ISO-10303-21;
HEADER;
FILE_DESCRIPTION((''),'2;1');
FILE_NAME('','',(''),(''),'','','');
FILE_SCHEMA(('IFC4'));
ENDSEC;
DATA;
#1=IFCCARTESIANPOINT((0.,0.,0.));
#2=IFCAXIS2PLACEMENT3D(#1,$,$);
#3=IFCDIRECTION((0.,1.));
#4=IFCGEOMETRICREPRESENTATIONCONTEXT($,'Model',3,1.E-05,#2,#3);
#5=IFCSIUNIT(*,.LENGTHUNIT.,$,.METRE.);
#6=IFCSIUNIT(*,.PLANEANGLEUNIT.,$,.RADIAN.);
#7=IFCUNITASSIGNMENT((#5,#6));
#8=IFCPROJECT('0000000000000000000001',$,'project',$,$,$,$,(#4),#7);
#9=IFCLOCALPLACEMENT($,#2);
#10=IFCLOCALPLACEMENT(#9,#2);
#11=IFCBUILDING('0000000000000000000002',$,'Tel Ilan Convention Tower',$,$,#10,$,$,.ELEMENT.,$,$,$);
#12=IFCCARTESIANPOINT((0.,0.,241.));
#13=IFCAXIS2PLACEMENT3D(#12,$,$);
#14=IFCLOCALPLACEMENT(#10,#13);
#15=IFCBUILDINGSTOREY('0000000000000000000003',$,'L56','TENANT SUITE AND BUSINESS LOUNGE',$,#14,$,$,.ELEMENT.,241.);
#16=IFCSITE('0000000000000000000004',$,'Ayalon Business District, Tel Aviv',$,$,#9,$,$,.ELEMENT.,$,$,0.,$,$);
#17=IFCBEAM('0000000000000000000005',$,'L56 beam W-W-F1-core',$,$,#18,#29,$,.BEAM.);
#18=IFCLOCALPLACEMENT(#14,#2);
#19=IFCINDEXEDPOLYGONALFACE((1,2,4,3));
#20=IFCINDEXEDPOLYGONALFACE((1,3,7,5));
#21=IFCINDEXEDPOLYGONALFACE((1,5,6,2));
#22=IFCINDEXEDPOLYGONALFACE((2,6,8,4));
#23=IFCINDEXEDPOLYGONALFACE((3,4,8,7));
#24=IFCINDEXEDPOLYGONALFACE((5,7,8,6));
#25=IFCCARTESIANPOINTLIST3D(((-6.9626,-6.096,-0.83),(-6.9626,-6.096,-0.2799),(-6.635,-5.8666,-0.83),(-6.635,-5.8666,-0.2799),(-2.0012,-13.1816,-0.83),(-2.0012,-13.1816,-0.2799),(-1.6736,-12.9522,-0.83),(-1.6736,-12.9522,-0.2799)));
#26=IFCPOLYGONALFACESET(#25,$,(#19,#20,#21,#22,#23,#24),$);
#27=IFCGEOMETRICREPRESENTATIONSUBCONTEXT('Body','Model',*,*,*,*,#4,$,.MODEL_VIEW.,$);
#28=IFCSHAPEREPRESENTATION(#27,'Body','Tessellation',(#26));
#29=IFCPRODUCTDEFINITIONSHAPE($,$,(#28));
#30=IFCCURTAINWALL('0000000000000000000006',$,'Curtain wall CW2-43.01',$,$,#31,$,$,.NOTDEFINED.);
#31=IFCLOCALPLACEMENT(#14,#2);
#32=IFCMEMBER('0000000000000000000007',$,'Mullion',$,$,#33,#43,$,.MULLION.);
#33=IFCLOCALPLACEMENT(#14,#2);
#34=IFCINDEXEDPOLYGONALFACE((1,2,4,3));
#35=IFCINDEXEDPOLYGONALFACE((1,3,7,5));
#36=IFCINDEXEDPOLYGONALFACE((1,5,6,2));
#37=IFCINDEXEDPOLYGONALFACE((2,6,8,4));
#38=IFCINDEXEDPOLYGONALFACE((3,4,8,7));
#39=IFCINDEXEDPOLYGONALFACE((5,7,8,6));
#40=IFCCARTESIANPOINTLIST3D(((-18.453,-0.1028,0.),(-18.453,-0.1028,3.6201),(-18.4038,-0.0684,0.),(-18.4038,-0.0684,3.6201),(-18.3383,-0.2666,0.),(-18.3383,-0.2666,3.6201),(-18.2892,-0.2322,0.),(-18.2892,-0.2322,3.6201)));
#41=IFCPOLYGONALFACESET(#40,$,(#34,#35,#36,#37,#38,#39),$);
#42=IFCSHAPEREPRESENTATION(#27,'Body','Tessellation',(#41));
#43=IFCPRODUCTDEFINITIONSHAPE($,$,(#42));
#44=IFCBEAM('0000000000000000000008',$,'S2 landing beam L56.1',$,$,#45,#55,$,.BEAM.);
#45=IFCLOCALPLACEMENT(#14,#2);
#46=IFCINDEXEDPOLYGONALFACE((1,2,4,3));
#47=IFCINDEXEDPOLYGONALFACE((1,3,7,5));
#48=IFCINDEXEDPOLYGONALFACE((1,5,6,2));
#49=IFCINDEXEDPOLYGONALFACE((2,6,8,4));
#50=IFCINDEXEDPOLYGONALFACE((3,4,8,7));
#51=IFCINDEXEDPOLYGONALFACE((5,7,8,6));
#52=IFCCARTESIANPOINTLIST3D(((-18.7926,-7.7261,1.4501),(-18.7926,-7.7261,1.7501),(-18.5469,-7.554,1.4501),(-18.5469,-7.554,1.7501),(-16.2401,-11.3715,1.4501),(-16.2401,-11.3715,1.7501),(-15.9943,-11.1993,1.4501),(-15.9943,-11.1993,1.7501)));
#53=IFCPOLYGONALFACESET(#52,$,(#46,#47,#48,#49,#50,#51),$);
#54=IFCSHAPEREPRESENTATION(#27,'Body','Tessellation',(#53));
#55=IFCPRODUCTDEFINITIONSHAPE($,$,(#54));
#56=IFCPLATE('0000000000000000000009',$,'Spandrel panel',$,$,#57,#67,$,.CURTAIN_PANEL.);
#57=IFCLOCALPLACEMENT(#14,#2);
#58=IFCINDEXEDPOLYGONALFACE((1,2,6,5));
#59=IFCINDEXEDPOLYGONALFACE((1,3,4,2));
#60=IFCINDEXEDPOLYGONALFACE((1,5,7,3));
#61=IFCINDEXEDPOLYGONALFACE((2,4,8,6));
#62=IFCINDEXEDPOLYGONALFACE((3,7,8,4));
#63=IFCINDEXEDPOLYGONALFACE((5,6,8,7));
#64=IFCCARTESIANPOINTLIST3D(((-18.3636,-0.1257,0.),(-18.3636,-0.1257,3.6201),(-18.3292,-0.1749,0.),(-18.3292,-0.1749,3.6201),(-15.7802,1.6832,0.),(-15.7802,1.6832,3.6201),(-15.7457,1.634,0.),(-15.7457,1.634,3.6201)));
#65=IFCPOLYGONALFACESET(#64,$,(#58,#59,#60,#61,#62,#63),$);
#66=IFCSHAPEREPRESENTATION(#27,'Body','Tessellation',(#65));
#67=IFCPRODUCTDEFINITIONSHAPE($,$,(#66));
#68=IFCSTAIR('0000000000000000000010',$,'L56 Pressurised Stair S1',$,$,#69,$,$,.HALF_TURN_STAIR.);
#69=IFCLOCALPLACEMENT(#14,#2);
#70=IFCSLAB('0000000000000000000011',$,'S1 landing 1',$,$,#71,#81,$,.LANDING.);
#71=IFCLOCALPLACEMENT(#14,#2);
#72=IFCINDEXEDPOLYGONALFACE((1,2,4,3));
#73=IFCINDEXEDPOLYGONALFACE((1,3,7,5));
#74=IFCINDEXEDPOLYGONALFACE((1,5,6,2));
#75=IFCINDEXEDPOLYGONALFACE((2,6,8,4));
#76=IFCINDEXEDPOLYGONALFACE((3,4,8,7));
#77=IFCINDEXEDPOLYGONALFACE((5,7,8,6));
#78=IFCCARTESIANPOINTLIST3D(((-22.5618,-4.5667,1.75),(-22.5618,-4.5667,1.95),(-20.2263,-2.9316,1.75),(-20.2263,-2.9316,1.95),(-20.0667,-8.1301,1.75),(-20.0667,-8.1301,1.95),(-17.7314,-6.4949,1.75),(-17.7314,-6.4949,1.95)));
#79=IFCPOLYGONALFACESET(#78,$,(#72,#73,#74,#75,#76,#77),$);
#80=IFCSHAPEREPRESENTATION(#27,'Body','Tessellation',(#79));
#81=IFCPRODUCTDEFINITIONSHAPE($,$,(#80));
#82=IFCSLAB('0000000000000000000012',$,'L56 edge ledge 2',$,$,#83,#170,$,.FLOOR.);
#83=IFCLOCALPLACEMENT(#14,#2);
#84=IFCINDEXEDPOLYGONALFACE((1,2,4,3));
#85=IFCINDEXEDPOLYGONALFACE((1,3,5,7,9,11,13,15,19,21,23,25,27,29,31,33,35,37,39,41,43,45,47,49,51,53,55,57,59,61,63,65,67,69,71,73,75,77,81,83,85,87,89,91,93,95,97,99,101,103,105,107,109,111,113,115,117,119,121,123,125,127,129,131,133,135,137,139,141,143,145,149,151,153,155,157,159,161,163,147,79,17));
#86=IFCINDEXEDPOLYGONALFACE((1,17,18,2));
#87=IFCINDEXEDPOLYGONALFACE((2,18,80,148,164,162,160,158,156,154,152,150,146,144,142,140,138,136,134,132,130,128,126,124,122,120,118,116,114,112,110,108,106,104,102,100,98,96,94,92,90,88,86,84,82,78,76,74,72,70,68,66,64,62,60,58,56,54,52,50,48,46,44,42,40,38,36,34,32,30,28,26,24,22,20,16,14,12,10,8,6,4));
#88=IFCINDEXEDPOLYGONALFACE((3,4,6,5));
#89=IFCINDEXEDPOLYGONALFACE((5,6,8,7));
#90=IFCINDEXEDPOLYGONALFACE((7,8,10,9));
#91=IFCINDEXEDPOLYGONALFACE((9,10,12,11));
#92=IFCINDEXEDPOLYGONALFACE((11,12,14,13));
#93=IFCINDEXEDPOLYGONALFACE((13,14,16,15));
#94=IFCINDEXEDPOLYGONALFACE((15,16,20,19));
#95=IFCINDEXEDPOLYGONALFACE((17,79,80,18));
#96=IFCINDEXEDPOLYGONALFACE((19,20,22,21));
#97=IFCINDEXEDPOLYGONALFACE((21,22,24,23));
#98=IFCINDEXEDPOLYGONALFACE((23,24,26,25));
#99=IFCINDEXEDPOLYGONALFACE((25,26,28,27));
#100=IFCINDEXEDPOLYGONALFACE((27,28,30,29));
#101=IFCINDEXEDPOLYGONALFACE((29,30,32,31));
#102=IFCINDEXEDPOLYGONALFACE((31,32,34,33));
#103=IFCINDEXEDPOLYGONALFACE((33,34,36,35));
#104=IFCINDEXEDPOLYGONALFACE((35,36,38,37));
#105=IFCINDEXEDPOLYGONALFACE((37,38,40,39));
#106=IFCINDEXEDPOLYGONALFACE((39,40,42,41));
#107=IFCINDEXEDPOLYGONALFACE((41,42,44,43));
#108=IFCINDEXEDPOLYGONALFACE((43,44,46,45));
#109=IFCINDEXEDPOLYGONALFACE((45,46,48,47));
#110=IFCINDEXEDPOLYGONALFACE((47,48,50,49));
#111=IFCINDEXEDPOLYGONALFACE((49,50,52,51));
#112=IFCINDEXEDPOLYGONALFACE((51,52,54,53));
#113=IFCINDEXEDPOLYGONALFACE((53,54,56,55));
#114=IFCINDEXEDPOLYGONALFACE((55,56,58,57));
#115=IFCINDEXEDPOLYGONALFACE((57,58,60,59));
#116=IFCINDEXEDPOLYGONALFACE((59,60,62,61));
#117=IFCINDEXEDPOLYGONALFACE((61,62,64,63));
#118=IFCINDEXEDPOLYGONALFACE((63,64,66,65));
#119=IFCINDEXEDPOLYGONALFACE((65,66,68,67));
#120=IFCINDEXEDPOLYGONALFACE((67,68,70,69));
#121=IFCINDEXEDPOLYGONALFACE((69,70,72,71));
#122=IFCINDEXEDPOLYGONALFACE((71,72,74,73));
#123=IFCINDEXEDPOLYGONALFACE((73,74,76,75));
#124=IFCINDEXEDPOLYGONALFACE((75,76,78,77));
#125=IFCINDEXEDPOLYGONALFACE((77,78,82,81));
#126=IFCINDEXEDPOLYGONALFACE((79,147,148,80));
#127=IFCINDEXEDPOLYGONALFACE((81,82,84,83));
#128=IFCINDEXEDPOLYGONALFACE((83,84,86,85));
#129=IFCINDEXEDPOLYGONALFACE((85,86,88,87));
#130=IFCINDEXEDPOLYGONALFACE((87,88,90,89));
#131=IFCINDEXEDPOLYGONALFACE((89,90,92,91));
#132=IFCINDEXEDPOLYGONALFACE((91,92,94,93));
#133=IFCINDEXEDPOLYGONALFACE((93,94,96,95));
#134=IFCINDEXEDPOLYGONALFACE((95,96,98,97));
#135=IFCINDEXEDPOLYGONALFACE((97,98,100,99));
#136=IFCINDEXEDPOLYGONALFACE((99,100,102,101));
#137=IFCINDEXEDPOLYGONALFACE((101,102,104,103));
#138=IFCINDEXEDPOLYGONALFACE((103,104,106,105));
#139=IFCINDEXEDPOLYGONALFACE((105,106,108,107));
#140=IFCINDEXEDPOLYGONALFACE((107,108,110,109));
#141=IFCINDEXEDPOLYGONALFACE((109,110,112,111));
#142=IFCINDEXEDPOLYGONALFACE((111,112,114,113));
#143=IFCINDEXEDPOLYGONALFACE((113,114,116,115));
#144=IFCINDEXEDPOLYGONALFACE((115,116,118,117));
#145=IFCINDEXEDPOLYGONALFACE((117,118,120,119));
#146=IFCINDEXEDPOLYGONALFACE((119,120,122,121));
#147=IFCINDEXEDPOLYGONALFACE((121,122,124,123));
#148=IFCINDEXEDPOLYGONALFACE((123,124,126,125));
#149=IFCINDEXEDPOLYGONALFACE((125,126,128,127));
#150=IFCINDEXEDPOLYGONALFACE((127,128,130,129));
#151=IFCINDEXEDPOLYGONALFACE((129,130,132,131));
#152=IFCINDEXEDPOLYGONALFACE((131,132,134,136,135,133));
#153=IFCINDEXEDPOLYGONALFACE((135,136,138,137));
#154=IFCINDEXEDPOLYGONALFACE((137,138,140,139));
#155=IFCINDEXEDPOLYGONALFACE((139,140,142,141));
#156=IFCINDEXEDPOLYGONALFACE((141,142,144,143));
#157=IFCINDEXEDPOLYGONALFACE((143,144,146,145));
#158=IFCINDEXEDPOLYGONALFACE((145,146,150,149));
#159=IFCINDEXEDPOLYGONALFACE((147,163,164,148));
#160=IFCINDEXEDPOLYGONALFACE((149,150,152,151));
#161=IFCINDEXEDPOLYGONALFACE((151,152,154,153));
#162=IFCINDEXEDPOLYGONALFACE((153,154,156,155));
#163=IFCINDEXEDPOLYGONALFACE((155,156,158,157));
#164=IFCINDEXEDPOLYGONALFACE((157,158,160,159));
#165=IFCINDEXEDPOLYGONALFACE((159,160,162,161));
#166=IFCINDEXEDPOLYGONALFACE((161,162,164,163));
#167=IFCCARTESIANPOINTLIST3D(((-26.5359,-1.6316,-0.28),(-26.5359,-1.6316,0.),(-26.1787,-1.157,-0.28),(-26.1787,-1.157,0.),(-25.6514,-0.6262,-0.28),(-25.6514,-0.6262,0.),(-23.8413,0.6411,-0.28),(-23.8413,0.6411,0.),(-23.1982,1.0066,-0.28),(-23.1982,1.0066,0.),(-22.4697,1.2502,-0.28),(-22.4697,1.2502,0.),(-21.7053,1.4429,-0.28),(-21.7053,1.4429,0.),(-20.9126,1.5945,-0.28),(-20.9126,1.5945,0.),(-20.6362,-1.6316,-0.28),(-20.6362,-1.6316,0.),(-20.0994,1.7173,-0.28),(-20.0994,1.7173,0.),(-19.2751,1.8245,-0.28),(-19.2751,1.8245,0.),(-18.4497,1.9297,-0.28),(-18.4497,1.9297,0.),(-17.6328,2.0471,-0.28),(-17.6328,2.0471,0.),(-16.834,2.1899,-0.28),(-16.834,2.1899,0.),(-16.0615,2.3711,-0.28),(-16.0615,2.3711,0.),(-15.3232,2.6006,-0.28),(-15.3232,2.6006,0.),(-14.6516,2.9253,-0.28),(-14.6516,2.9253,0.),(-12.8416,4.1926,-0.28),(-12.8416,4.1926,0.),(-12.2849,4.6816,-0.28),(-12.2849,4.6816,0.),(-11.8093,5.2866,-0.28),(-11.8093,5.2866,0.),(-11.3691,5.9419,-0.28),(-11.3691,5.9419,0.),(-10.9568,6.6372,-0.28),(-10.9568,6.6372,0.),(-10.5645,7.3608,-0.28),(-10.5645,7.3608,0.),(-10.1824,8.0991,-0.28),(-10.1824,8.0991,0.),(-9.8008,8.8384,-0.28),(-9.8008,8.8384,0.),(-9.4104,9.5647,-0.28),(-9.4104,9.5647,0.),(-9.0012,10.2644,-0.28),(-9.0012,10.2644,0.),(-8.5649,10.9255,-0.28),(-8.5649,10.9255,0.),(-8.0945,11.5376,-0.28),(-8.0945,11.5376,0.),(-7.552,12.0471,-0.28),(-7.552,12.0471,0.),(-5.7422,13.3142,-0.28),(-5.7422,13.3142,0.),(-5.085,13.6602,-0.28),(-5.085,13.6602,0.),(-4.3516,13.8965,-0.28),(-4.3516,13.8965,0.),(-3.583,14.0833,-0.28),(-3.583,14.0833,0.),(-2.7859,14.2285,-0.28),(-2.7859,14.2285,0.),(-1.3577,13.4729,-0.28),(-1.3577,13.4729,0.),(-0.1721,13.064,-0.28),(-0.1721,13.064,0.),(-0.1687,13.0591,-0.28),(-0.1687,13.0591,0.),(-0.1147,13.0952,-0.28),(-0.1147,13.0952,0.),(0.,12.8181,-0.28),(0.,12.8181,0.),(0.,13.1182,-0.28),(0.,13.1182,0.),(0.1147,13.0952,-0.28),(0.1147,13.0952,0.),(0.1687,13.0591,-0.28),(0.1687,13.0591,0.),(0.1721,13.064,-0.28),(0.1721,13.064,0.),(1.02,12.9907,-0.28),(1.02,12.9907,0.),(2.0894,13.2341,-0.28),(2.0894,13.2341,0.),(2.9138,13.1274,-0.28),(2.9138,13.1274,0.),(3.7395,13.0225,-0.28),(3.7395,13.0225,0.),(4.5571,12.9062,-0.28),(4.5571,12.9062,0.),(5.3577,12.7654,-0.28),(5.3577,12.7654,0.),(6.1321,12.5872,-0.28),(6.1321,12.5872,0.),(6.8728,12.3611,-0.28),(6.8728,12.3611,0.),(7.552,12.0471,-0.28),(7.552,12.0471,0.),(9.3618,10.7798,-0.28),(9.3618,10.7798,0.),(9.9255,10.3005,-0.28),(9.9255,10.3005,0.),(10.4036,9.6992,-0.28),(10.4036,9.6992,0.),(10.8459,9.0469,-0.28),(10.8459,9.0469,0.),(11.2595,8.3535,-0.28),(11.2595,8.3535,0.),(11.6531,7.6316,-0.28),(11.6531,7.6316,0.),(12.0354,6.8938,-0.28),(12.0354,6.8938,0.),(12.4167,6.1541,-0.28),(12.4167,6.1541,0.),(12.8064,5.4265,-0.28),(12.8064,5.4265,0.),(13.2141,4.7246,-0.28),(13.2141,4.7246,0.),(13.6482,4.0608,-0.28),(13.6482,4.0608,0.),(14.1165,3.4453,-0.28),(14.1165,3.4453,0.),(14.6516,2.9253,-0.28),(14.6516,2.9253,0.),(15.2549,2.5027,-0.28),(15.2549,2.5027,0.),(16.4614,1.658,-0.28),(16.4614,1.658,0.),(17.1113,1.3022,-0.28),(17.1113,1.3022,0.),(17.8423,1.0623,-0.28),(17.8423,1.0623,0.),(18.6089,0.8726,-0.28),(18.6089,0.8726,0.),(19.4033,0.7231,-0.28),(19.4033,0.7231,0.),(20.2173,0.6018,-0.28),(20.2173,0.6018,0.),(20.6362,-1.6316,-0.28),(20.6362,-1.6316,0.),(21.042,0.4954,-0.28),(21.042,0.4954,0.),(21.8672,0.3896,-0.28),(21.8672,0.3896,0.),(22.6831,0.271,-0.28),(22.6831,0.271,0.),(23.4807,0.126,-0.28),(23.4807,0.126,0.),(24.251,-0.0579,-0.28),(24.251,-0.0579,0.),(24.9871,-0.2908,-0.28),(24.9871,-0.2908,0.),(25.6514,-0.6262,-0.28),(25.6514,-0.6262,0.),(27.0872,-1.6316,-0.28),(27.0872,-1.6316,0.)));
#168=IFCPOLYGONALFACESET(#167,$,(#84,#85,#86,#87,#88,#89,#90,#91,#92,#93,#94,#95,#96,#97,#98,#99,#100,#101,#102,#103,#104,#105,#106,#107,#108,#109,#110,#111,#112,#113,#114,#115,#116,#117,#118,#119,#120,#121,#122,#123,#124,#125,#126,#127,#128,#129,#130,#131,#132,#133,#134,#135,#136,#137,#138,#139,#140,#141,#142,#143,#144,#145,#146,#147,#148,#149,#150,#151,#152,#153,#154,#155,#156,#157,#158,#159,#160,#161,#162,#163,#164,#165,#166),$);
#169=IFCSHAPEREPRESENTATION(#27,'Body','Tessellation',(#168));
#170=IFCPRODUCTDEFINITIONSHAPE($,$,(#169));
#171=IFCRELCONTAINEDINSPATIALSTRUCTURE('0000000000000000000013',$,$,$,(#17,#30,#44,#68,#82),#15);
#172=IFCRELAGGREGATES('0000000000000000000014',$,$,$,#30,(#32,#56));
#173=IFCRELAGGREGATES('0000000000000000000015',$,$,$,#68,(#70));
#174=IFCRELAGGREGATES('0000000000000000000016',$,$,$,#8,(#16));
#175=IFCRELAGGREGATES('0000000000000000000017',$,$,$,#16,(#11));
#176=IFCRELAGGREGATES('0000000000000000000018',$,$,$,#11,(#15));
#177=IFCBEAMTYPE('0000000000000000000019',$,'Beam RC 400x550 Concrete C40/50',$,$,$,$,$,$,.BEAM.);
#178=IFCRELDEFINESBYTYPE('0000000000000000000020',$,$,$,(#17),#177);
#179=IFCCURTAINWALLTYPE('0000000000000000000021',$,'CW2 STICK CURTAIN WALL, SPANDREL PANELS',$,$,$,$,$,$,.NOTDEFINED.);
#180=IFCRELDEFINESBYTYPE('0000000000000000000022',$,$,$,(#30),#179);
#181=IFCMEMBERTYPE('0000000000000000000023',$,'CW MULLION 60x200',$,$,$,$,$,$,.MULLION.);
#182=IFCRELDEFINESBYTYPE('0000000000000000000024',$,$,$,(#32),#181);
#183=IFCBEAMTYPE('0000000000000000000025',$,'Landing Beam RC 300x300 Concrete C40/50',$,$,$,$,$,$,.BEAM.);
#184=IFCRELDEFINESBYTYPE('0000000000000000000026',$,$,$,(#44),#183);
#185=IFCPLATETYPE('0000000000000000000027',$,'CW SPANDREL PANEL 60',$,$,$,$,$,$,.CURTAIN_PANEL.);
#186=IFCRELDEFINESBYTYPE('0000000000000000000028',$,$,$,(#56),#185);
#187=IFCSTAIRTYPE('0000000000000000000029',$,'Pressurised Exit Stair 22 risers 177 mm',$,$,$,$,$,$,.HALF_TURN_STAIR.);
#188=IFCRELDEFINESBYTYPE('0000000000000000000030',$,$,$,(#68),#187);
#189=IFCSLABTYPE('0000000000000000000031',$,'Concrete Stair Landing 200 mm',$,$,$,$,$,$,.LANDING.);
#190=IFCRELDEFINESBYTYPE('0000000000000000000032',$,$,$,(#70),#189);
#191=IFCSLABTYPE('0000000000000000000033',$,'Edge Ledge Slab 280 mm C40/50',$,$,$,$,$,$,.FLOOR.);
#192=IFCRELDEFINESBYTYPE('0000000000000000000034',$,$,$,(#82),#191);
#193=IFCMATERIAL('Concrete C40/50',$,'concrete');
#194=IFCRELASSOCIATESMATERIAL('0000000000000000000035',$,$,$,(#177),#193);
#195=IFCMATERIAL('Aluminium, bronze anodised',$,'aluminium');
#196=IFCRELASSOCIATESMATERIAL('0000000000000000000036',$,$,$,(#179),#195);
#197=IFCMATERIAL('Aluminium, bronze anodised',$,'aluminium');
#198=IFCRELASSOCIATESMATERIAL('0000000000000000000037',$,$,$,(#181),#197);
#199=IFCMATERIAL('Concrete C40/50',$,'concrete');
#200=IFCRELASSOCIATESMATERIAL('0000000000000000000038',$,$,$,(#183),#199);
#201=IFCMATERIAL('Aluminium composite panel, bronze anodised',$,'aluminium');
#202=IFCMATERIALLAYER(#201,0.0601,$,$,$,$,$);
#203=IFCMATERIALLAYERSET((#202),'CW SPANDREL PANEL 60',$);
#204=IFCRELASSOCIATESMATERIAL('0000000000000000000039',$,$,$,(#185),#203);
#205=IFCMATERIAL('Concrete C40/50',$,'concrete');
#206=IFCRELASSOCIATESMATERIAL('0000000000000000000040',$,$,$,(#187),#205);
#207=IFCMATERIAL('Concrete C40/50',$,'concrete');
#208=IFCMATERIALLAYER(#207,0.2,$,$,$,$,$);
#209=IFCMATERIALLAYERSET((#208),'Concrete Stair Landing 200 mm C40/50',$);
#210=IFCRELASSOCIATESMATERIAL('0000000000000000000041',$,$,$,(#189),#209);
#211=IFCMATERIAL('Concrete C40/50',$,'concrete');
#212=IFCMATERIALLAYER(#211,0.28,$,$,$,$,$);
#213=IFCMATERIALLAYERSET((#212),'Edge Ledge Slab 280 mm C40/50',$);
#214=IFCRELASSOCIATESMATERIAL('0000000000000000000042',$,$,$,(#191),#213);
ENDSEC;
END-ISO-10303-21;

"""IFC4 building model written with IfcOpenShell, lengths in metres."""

from ifc_helpers import new_model, si_unit, direction, frame, origin, origin_2d, place, context, subcontext, project, spatial, polyline, rectangle, outline, extrude, material, layer, layer_set, material_profile, profile_set, type_object, element, aggregate, save


model = new_model("IFC4")

# Units and contexts
model_context = context("Model", 3, precision=1e-05, world=origin(), true_north=direction((0.0, 1.0)))
body_context = subcontext(model_context, "Body", "Model", "MODEL_VIEW")
ifc_project = project(units=[si_unit("LENGTHUNIT", "METRE"), si_unit("PLANEANGLEUNIT", "RADIAN")], contexts=[model_context])

# Site, building, storey
site_placement = place(None, origin())
site = spatial("IfcSite", under=ifc_project, at=site_placement, Name="Ayalon Business District, Tel Aviv", CompositionType="ELEMENT", RefElevation=0.0)
building_placement = place(site_placement, origin())
building = spatial("IfcBuilding", under=site, at=building_placement, Name="Tel Ilan Convention Tower", CompositionType="ELEMENT")
storey_placement = place(building_placement, frame((0.0, 0.0, 241.0)))
storey = spatial("IfcBuildingStorey", under=building, at=storey_placement, Name="L56", Description="TENANT SUITE AND BUSINESS LOUNGE", CompositionType="ELEMENT", Elevation=241.0)

# Beam
ifc_material_1 = material(Name="Concrete C40/50", Category="concrete")
ifc_material_profile_1 = material_profile(ifc_material_1, rectangle(XDim=0.3999, YDim=0.55, at=origin_2d()), Name="RC 400x550")
ifc_profile_set_1 = profile_set([ifc_material_profile_1], Name="Concrete C40/50")
beam_type_1 = type_object("IfcBeamType", Name="Beam RC 400x550 Concrete C40/50", PredefinedType="BEAM", material=ifc_profile_set_1)
beam_1_placement = place(storey_placement, frame((-1.8374, -13.0669, -0.5549), z_axis=(-0.573574, 0.819154, 0.0), x_axis=(-0.819154, -0.573574, 0.0)))
element("IfcBeam", 1, at=beam_1_placement, inside=storey, type_object=beam_type_1, Name="L56 beam W-W-F1-core", PredefinedType="BEAM", context=body_context, shape_type="SweptSolid", body=[
    extrude(rectangle(XDim=0.3999, YDim=0.55, at=origin_2d()), origin(), (0.0, 0.0, 1.0), 8.6499),
])

# Curtain wall, member
ifc_material_2 = material(Name="Aluminium, bronze anodised", Category="aluminium")
curtain_wall_type = type_object("IfcCurtainWallType", Name="CW2 STICK CURTAIN WALL, SPANDREL PANELS", PredefinedType="NOTDEFINED", material=ifc_material_2)
curtain_wall_placement = place(storey_placement, origin())
curtain_wall = element("IfcCurtainWall", 2, at=curtain_wall_placement, inside=storey, type_object=curtain_wall_type, Name="Curtain wall CW2-43.01", PredefinedType="NOTDEFINED")
ifc_material_3 = material(Name="Aluminium, bronze anodised", Category="aluminium")
ifc_material_profile_2 = material_profile(ifc_material_3, rectangle(XDim=0.0601, YDim=0.2, at=origin_2d()), Name="CW MULLION 60x200")
ifc_profile_set_2 = profile_set([ifc_material_profile_2], Name="Aluminium, bronze anodised")
member_type = type_object("IfcMemberType", Name="CW MULLION 60x200", PredefinedType="MULLION", material=ifc_profile_set_2)
member_placement = place(storey_placement, frame((-18.3711, -0.1675, 0.0), z_axis=(0.0, 0.0, 1.0), x_axis=(-0.819152, -0.573576, 0.0)))
member = element("IfcMember", 3, at=member_placement, type_object=member_type, Name="Mullion", PredefinedType="MULLION", context=body_context, shape_type="SweptSolid", body=[
    extrude(rectangle(XDim=0.0601, YDim=0.2, at=origin_2d()), origin(), (0.0, 0.0, 1.0), 3.6201),
])

# Beam
ifc_material_4 = material(Name="Concrete C40/50", Category="concrete")
ifc_material_profile_3 = material_profile(ifc_material_4, rectangle(XDim=0.3, YDim=0.3, at=origin_2d()), Name="RC 300x300")
ifc_profile_set_3 = profile_set([ifc_material_profile_3], Name="Concrete C40/50")
beam_type_2 = type_object("IfcBeamType", Name="Landing Beam RC 300x300 Concrete C40/50", PredefinedType="BEAM", material=ifc_profile_set_3)
beam_2_placement = place(storey_placement, frame((-16.1172, -11.2854, 1.6001), z_axis=(-0.573584, 0.819147, 0.0), x_axis=(-0.819147, -0.573584, 0.0)))
element("IfcBeam", 4, at=beam_2_placement, inside=storey, type_object=beam_type_2, Name="S2 landing beam L56.1", PredefinedType="BEAM", context=body_context, shape_type="SweptSolid", body=[
    extrude(rectangle(XDim=0.3, YDim=0.3, at=origin_2d()), origin(), (0.0, 0.0, 1.0), 4.4502),
])

# Plate
ifc_material_5 = material(Name="Aluminium composite panel, bronze anodised", Category="aluminium")
ifc_layer_1 = layer(ifc_material_5, 0.0601)
ifc_layer_set_1 = layer_set([ifc_layer_1], Name="CW SPANDREL PANEL 60")
plate_type = type_object("IfcPlateType", Name="CW SPANDREL PANEL 60", PredefinedType="CURTAIN_PANEL", material=ifc_layer_set_1)
plate_placement = place(storey_placement, frame((-17.0547, 0.7542, 0.0), z_axis=(0.0, 0.0, 1.0), x_axis=(-0.819152, -0.573576, 0.0)))
plate = element("IfcPlate", 5, at=plate_placement, type_object=plate_type, Name="Spandrel panel", PredefinedType="CURTAIN_PANEL", context=body_context, shape_type="SweptSolid", body=[
    extrude(rectangle(XDim=3.1538, YDim=0.0601, at=origin_2d()), origin(), (0.0, 0.0, 1.0), 3.6201),
])
aggregate(curtain_wall, [member, plate])

# Stair, slab
ifc_material_6 = material(Name="Concrete C40/50", Category="concrete")
stair_type = type_object("IfcStairType", Name="Pressurised Exit Stair 22 risers 177 mm", PredefinedType="HALF_TURN_STAIR", material=ifc_material_6)
stair_placement = place(storey_placement, origin())
stair = element("IfcStair", 6, at=stair_placement, inside=storey, type_object=stair_type, Name="L56 Pressurised Stair S1", PredefinedType="HALF_TURN_STAIR")
ifc_material_7 = material(Name="Concrete C40/50", Category="concrete")
ifc_layer_2 = layer(ifc_material_7, 0.2)
ifc_layer_set_2 = layer_set([ifc_layer_2], Name="Concrete Stair Landing 200 mm C40/50")
slab_type_1 = type_object("IfcSlabType", Name="Concrete Stair Landing 200 mm", PredefinedType="LANDING", material=ifc_layer_set_2)
slab_1_placement = place(storey_placement, frame((0.0, 0.0, 1.75)))
slab_1 = element("IfcSlab", 7, at=slab_1_placement, type_object=slab_type_1, Name="S1 landing 1", PredefinedType="LANDING", context=body_context, shape_type="SweptSolid", body=[
    extrude(outline(polyline([(-20.0667, -8.1301), (-17.7314, -6.4949), (-20.2263, -2.9316), (-22.5618, -4.5667), (-20.0667, -8.1301)])), origin(), (0.0, 0.0, 1.0), 0.2),
])
aggregate(stair, [slab_1])

# Slab
ifc_material_8 = material(Name="Concrete C40/50", Category="concrete")
ifc_layer_3 = layer(ifc_material_8, 0.28)
ifc_layer_set_3 = layer_set([ifc_layer_3], Name="Edge Ledge Slab 280 mm C40/50")
slab_type_2 = type_object("IfcSlabType", Name="Edge Ledge Slab 280 mm C40/50", PredefinedType="FLOOR", material=ifc_layer_set_3)
slab_2_placement = place(storey_placement, frame((0.0, 0.0, -0.28)))
element("IfcSlab", 8, at=slab_2_placement, inside=storey, type_object=slab_type_2, Name="L56 edge ledge 2", PredefinedType="FLOOR", context=body_context, shape_type="SweptSolid", body=[
    extrude(outline(polyline([(-23.1982, 1.0066), (-22.4697, 1.2502), (-21.7053, 1.4429), (-20.9126, 1.5945), (-20.0994, 1.7173), (-19.2751, 1.8245), (-18.4497, 1.9297), (-17.6328, 2.0471), (-16.834, 2.1899), (-16.0615, 2.3711), (-15.3232, 2.6006), (-14.6516, 2.9253), (-12.8416, 4.1926), (-12.2849, 4.6816), (-11.8093, 5.2866), (-11.3691, 5.9419), (-10.9568, 6.6372), (-10.5645, 7.3608), (-10.1824, 8.0991), (-9.8008, 8.8384), (-9.4104, 9.5647), (-9.0012, 10.2644), (-8.5649, 10.9255), (-8.0945, 11.5376), (-7.552, 12.0471), (-5.7422, 13.3142), (-5.085, 13.6602), (-4.3516, 13.8965), (-3.583, 14.0833), (-2.7859, 14.2285), (-1.3577, 13.4729), (-0.1721, 13.064), (-0.1687, 13.0591), (-0.1147, 13.0952), (0.0, 13.1182), (0.1147, 13.0952), (0.1687, 13.0591), (0.1721, 13.064), (1.02, 12.9907), (2.0894, 13.2341), (2.9138, 13.1274), (3.7395, 13.0225), (4.5571, 12.9062), (5.3577, 12.7654), (6.1321, 12.5872), (6.8728, 12.3611), (7.552, 12.0471), (9.3618, 10.7798), (9.9255, 10.3005), (10.4036, 9.6992), (10.8459, 9.0469), (11.2595, 8.3535), (11.6531, 7.6316), (12.0354, 6.8938), (12.4167, 6.1541), (12.8064, 5.4265), (13.2141, 4.7246), (13.6482, 4.0608), (14.1165, 3.4453), (14.6516, 2.9253), (15.2549, 2.5027), (16.4614, 1.658), (17.1113, 1.3022), (17.8423, 1.0623), (18.6089, 0.8726), (19.4033, 0.7231), (20.2173, 0.6018), (21.042, 0.4954), (21.8672, 0.3896), (22.6831, 0.271), (23.4807, 0.126), (24.251, -0.0579), (24.9871, -0.2908), (25.6514, -0.6262), (27.0872, -1.6316), (20.6362, -1.6316), (0.0, 12.8181), (-20.6362, -1.6316), (-26.5359, -1.6316), (-26.1787, -1.157), (-25.6514, -0.6262), (-23.8413, 0.6411), (-23.1982, 1.0066)])), origin(), (0.0, 0.0, 1.0), 0.28),
])

save(model, "model.ifc")
